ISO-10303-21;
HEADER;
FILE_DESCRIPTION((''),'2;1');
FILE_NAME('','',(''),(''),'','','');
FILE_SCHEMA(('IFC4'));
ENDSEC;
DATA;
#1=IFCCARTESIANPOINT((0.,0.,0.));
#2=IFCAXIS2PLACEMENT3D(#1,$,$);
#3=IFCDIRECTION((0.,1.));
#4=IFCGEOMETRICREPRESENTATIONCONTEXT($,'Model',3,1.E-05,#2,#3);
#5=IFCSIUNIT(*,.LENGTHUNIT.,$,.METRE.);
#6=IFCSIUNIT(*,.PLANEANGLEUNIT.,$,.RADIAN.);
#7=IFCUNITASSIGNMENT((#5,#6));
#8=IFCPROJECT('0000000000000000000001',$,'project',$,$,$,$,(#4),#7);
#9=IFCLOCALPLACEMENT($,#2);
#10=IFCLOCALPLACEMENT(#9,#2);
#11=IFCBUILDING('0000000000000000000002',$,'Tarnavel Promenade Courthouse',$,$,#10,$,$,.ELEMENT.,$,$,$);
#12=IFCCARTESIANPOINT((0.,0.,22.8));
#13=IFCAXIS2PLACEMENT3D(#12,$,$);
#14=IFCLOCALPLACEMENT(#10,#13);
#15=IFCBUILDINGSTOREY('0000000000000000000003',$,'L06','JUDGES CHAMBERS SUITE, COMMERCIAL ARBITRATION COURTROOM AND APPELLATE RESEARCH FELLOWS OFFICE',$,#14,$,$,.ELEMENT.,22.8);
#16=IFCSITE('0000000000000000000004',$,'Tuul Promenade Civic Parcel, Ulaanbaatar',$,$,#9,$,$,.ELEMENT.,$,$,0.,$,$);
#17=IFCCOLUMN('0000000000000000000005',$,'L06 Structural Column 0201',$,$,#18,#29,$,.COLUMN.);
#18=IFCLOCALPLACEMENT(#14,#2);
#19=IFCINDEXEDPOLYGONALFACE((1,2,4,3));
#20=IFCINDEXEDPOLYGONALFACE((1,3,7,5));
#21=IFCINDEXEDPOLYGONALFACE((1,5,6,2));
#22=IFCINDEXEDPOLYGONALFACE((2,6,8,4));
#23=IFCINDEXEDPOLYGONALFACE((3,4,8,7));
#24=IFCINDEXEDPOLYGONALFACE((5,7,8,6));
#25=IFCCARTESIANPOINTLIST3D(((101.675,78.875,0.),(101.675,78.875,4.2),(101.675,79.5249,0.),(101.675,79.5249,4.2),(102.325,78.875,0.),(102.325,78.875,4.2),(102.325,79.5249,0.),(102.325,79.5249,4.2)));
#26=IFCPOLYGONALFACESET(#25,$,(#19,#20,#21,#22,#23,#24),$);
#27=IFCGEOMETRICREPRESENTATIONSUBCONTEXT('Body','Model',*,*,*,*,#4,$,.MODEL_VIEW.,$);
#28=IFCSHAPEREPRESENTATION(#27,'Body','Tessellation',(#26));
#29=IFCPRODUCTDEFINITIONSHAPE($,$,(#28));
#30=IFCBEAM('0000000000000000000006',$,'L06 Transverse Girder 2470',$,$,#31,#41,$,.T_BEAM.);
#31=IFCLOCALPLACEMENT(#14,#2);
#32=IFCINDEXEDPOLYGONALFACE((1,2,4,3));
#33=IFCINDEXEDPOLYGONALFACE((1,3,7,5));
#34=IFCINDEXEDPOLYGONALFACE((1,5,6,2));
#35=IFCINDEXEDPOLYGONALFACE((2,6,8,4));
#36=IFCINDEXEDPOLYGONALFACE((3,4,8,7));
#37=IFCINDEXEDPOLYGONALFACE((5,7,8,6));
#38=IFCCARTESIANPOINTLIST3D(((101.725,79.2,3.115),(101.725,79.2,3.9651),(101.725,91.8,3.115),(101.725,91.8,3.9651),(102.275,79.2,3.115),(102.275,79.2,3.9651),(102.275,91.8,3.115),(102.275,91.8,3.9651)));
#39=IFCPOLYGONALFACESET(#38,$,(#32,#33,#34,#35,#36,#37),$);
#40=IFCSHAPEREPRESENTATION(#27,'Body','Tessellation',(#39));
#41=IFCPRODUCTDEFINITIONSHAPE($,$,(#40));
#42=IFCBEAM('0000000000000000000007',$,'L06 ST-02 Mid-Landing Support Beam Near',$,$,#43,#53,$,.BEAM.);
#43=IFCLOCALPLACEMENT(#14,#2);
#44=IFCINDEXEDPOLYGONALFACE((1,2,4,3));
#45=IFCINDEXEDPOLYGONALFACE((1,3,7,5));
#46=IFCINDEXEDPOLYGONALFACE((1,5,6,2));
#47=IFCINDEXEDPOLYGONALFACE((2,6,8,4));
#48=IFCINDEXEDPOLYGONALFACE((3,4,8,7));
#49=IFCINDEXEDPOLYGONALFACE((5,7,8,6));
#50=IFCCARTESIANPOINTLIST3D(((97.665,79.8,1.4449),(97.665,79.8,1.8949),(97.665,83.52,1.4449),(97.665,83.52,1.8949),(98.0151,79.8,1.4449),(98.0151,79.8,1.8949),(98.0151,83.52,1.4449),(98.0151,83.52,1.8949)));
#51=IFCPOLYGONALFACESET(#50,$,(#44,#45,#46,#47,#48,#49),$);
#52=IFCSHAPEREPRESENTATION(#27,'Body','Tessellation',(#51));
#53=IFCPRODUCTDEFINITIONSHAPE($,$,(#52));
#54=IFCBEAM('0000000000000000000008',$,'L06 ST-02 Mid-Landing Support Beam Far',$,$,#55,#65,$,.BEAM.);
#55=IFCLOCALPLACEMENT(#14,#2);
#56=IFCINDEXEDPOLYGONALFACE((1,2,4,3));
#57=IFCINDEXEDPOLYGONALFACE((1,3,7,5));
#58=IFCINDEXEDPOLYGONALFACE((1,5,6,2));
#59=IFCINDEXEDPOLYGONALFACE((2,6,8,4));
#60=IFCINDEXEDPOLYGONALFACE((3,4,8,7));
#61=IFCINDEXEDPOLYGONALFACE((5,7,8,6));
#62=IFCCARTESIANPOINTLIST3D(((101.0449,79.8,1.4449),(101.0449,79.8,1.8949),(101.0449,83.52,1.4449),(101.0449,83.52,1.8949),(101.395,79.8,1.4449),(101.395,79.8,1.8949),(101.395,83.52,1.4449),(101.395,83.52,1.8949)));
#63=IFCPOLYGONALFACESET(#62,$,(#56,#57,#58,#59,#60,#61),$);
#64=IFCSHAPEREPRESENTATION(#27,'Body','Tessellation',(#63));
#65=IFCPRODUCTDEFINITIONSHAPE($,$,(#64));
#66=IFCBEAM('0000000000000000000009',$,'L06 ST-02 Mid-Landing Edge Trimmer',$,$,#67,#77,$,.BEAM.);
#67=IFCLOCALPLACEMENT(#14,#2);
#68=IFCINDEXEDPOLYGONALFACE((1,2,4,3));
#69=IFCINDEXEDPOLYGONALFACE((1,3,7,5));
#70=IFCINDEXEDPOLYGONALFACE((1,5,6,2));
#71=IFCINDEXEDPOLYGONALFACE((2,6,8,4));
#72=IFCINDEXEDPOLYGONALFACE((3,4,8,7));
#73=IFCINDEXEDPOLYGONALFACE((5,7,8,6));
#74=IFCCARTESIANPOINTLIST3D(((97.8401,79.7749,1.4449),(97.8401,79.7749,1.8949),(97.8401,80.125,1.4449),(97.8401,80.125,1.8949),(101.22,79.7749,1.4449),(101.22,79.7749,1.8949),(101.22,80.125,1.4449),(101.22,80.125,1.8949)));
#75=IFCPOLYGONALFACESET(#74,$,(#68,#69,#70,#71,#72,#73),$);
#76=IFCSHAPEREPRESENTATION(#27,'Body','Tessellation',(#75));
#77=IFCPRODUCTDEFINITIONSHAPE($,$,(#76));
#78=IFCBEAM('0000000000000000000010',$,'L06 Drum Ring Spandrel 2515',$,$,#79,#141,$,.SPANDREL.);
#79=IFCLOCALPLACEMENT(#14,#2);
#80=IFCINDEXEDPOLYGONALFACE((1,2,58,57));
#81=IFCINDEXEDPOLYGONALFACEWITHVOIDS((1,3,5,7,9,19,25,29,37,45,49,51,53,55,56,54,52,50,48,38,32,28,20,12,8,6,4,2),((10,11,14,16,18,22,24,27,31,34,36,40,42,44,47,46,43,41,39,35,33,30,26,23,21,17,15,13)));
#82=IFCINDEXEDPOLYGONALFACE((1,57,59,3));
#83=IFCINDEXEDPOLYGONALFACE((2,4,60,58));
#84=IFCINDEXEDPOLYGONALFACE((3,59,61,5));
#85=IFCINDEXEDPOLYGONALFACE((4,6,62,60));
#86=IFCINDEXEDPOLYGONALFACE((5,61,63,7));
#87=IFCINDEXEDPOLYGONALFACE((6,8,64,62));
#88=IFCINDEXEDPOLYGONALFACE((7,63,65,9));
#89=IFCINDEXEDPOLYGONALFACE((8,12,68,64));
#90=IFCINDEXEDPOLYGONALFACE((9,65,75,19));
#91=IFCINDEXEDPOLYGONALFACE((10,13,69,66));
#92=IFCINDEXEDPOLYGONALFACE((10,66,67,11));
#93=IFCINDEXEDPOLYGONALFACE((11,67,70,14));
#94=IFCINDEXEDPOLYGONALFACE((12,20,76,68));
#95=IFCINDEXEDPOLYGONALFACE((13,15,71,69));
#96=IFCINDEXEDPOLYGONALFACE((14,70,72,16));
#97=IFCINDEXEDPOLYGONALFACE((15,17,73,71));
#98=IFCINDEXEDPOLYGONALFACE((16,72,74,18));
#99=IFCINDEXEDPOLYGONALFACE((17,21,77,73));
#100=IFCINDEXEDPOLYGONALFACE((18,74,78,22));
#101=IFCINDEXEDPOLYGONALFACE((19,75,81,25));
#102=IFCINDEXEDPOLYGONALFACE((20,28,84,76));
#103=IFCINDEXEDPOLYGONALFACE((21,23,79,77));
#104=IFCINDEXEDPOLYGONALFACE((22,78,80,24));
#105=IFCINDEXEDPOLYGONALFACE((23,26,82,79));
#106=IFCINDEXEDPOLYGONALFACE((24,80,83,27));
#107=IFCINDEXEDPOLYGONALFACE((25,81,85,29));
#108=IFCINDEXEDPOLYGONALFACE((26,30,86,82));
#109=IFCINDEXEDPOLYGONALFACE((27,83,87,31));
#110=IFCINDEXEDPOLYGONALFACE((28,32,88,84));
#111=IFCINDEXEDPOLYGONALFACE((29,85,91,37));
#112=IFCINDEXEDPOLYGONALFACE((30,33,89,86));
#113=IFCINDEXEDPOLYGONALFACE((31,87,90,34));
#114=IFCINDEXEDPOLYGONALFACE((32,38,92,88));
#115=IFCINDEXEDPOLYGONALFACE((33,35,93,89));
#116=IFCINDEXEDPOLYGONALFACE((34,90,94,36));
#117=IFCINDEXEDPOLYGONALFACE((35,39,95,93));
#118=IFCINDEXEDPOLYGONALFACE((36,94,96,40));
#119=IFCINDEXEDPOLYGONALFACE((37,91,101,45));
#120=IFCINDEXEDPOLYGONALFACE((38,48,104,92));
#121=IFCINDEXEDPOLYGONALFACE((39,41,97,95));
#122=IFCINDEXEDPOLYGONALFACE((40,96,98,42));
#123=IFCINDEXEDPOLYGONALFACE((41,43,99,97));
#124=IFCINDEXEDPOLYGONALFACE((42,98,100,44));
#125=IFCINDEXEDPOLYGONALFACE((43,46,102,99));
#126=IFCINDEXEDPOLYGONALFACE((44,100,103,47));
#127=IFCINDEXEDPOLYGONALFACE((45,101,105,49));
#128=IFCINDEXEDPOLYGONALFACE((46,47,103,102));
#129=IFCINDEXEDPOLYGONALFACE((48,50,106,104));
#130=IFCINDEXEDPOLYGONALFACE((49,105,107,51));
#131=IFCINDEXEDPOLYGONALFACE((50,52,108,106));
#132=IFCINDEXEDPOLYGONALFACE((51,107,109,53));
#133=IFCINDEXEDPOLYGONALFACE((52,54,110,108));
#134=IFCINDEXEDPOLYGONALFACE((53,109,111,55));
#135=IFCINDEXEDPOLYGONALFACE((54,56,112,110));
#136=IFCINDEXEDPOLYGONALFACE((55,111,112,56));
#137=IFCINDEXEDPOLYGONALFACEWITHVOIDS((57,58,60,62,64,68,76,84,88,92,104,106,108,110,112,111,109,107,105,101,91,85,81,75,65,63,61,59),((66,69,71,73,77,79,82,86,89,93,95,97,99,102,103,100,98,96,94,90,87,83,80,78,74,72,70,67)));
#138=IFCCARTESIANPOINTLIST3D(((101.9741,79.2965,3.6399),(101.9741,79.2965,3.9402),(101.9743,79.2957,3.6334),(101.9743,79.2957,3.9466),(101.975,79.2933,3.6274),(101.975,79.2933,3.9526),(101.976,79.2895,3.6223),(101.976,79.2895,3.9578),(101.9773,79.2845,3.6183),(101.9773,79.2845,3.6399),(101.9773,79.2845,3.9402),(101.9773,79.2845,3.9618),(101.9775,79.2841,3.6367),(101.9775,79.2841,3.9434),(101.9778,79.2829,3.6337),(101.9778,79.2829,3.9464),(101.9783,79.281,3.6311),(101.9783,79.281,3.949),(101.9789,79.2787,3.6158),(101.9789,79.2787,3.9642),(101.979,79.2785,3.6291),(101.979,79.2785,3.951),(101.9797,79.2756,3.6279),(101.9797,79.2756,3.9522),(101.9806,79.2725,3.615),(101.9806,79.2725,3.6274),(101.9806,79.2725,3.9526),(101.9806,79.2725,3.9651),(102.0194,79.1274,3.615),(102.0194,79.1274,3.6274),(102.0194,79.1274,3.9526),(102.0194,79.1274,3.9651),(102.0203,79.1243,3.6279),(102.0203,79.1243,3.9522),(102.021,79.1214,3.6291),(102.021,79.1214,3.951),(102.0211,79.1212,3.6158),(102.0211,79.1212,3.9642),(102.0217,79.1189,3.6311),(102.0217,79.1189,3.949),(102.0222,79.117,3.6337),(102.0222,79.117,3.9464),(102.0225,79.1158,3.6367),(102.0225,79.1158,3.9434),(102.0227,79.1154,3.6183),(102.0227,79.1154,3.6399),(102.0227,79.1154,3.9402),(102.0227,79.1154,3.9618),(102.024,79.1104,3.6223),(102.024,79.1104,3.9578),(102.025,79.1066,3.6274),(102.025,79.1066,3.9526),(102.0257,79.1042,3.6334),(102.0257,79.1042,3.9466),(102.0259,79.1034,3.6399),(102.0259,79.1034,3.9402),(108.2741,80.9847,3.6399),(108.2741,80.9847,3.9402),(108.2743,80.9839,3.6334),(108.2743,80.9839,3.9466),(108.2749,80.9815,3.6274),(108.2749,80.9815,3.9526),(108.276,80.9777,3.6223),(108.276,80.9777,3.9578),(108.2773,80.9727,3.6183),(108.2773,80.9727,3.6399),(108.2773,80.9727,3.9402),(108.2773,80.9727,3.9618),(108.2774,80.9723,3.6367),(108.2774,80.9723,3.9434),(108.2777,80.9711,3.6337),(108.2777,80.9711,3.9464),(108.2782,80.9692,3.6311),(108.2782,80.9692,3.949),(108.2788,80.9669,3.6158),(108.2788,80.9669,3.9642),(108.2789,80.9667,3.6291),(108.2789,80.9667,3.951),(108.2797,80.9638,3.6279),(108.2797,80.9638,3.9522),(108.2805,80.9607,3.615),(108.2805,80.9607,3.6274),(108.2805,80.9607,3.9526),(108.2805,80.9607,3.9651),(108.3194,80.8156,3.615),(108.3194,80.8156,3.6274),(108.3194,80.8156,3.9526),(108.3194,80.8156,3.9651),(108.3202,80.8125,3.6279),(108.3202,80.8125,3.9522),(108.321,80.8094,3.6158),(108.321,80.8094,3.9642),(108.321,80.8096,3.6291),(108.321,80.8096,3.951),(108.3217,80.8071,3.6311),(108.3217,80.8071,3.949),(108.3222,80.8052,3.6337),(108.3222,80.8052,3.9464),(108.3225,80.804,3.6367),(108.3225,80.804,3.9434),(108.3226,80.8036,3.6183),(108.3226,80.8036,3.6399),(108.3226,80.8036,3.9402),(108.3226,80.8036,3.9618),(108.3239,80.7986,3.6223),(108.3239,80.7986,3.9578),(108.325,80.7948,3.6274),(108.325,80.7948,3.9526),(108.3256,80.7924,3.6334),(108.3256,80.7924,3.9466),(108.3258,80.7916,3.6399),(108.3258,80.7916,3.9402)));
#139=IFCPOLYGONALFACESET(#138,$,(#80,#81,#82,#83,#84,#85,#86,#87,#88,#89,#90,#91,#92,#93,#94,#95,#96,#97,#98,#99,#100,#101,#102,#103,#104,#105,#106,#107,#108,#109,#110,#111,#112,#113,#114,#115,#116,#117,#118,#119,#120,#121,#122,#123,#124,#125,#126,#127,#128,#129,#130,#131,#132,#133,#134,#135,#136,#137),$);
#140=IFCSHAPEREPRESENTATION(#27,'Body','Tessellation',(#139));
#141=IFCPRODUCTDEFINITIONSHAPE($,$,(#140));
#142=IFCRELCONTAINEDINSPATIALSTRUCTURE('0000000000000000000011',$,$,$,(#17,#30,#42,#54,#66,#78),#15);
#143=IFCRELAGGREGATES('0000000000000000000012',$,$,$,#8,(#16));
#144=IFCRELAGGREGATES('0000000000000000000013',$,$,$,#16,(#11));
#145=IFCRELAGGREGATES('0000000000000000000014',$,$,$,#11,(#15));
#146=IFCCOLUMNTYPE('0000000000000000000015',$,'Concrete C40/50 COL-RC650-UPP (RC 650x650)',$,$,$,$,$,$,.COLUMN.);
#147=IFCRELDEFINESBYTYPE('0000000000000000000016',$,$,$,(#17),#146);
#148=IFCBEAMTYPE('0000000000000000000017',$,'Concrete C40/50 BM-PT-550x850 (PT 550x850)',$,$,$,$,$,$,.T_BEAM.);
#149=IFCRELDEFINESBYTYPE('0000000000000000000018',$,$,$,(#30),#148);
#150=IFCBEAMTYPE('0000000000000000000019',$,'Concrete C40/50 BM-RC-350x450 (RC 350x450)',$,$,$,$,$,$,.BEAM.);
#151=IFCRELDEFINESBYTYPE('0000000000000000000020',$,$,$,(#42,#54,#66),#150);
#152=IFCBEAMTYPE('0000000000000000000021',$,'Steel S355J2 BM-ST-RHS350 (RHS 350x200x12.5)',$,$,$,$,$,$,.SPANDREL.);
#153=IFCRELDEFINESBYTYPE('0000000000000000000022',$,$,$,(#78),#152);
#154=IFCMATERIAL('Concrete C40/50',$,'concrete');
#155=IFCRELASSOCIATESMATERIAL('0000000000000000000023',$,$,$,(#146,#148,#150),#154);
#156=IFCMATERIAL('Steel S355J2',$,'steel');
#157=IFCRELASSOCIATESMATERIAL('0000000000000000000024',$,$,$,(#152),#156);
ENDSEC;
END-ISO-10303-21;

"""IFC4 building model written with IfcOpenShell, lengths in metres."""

from ifc_helpers import new_model, si_unit, direction, frame, origin, origin_2d, place, context, subcontext, project, spatial, rectangle, hollow_rectangle, extrude, material, material_profile, profile_set, type_object, element, save


model = new_model("IFC4")

# Units and contexts
model_context = context("Model", 3, precision=1e-05, world=origin(), true_north=direction((0.0, 1.0)))
body_context = subcontext(model_context, "Body", "Model", "MODEL_VIEW")
ifc_project = project(units=[si_unit("LENGTHUNIT", "METRE"), si_unit("PLANEANGLEUNIT", "RADIAN")], contexts=[model_context])

# Site, building, storey
site_placement = place(None, origin())
site = spatial("IfcSite", under=ifc_project, at=site_placement, Name="Tuul Promenade Civic Parcel, Ulaanbaatar", CompositionType="ELEMENT", RefElevation=0.0)
building_placement = place(site_placement, origin())
building = spatial("IfcBuilding", under=site, at=building_placement, Name="Tarnavel Promenade Courthouse", CompositionType="ELEMENT")
storey_placement = place(building_placement, frame((0.0, 0.0, 22.8)))
storey = spatial("IfcBuildingStorey", under=building, at=storey_placement, Name="L06", Description="JUDGES CHAMBERS SUITE, COMMERCIAL ARBITRATION COURTROOM AND APPELLATE RESEARCH FELLOWS OFFICE", CompositionType="ELEMENT", Elevation=22.8)

# Column
ifc_material_1 = material(Name="Concrete C40/50", Category="concrete")
ifc_material_profile_1 = material_profile(ifc_material_1, rectangle(XDim=0.6499, YDim=0.6499, at=origin_2d()), Name="RC 650x650")
ifc_profile_set_1 = profile_set([ifc_material_profile_1], Name="Concrete C40/50")
column_type = type_object("IfcColumnType", Name="Concrete C40/50 COL-RC650-UPP (RC 650x650)", PredefinedType="COLUMN", material=ifc_profile_set_1)
column_placement = place(storey_placement, frame((102.0, 79.2, 0.0), z_axis=(0.0, 0.0, 1.0), x_axis=(1.0, 0.0, 0.0)))
element("IfcColumn", 1, at=column_placement, inside=storey, type_object=column_type, Name="L06 Structural Column 0201", PredefinedType="COLUMN", context=body_context, shape_type="SweptSolid", body=[
    extrude(rectangle(XDim=0.6499, YDim=0.6499, at=origin_2d()), origin(), (0.0, 0.0, 1.0), 4.2),
])

# Beams
ifc_material_profile_2 = material_profile(ifc_material_1, rectangle(XDim=0.55, YDim=0.8501, at=origin_2d()), Name="PT 550x850")
ifc_profile_set_2 = profile_set([ifc_material_profile_2], Name="Concrete C40/50")
beam_type_1 = type_object("IfcBeamType", Name="Concrete C40/50 BM-PT-550x850 (PT 550x850)", PredefinedType="T_BEAM", material=ifc_profile_set_2)
beam_1_placement = place(storey_placement, frame((102.0, 79.2, 3.54), z_axis=(0.0, 1.0, 0.0), x_axis=(-1.0, 0.0, 0.0)))
element("IfcBeam", 2, at=beam_1_placement, inside=storey, type_object=beam_type_1, Name="L06 Transverse Girder 2470", PredefinedType="T_BEAM", context=body_context, shape_type="SweptSolid", body=[
    extrude(rectangle(XDim=0.55, YDim=0.8501, at=origin_2d()), origin(), (0.0, 0.0, 1.0), 12.6001),
])
ifc_material_profile_3 = material_profile(ifc_material_1, rectangle(XDim=0.3501, YDim=0.45, at=origin_2d()), Name="RC 350x450")
ifc_profile_set_3 = profile_set([ifc_material_profile_3], Name="Concrete C40/50")
beam_type_2 = type_object("IfcBeamType", Name="Concrete C40/50 BM-RC-350x450 (RC 350x450)", PredefinedType="BEAM", material=ifc_profile_set_3)
for number, where, z_axis, x_axis, name in (
    (3, (97.8401, 79.8, 1.6699), (0.0, 1.0, 0.0), (-1.0, 0.0, 0.0), "L06 ST-02 Mid-Landing Support Beam Near"),
    (4, (101.22, 79.8, 1.6699), (0.0, 1.0, 0.0), (-1.0, 0.0, 0.0), "L06 ST-02 Mid-Landing Support Beam Far"),
):
    element("IfcBeam", number, at=place(storey_placement, frame(where, z_axis=z_axis, x_axis=x_axis)), inside=storey, type_object=beam_type_2, Name=name, PredefinedType="BEAM", context=body_context, shape_type="SweptSolid", body=[
        extrude(rectangle(XDim=0.3501, YDim=0.45, at=origin_2d()), origin(), (0.0, 0.0, 1.0), 3.72),
    ])
beam_2_placement = place(storey_placement, frame((97.8401, 79.95, 1.6699), z_axis=(1.0, 0.0, 0.0), x_axis=(0.0, 1.0, 0.0)))
element("IfcBeam", 5, at=beam_2_placement, inside=storey, type_object=beam_type_2, Name="L06 ST-02 Mid-Landing Edge Trimmer", PredefinedType="BEAM", context=body_context, shape_type="SweptSolid", body=[
    extrude(rectangle(XDim=0.3501, YDim=0.45, at=origin_2d()), origin(), (0.0, 0.0, 1.0), 3.3799),
])
ifc_material_2 = material(Name="Steel S355J2", Category="steel")
ifc_material_profile_4 = material_profile(ifc_material_2, hollow_rectangle(XDim=0.2, YDim=0.3501, WallThickness=0.0125, InnerFilletRadius=0.0125, OuterFilletRadius=0.0249, at=origin_2d()), Name="RHS 350x200x12.5")
ifc_profile_set_4 = profile_set([ifc_material_profile_4], Name="Steel S355J2")
beam_type_3 = type_object("IfcBeamType", Name="Steel S355J2 BM-ST-RHS350 (RHS 350x200x12.5)", PredefinedType="SPANDREL", material=ifc_profile_set_4)
beam_3_placement = place(storey_placement, frame((102.0, 79.2, 3.79), z_axis=(0.96592, 0.258839, 0.0), x_axis=(-0.258839, 0.96592, 0.0)))
element("IfcBeam", 6, at=beam_3_placement, inside=storey, type_object=beam_type_3, Name="L06 Drum Ring Spandrel 2515", PredefinedType="SPANDREL", context=body_context, shape_type="SweptSolid", body=[
    extrude(hollow_rectangle(XDim=0.2, YDim=0.3501, WallThickness=0.0125, InnerFilletRadius=0.0125, OuterFilletRadius=0.0249, at=origin_2d()), origin(), (0.0, 0.0, 1.0), 6.5222),
])

save(model, "model.ifc")
